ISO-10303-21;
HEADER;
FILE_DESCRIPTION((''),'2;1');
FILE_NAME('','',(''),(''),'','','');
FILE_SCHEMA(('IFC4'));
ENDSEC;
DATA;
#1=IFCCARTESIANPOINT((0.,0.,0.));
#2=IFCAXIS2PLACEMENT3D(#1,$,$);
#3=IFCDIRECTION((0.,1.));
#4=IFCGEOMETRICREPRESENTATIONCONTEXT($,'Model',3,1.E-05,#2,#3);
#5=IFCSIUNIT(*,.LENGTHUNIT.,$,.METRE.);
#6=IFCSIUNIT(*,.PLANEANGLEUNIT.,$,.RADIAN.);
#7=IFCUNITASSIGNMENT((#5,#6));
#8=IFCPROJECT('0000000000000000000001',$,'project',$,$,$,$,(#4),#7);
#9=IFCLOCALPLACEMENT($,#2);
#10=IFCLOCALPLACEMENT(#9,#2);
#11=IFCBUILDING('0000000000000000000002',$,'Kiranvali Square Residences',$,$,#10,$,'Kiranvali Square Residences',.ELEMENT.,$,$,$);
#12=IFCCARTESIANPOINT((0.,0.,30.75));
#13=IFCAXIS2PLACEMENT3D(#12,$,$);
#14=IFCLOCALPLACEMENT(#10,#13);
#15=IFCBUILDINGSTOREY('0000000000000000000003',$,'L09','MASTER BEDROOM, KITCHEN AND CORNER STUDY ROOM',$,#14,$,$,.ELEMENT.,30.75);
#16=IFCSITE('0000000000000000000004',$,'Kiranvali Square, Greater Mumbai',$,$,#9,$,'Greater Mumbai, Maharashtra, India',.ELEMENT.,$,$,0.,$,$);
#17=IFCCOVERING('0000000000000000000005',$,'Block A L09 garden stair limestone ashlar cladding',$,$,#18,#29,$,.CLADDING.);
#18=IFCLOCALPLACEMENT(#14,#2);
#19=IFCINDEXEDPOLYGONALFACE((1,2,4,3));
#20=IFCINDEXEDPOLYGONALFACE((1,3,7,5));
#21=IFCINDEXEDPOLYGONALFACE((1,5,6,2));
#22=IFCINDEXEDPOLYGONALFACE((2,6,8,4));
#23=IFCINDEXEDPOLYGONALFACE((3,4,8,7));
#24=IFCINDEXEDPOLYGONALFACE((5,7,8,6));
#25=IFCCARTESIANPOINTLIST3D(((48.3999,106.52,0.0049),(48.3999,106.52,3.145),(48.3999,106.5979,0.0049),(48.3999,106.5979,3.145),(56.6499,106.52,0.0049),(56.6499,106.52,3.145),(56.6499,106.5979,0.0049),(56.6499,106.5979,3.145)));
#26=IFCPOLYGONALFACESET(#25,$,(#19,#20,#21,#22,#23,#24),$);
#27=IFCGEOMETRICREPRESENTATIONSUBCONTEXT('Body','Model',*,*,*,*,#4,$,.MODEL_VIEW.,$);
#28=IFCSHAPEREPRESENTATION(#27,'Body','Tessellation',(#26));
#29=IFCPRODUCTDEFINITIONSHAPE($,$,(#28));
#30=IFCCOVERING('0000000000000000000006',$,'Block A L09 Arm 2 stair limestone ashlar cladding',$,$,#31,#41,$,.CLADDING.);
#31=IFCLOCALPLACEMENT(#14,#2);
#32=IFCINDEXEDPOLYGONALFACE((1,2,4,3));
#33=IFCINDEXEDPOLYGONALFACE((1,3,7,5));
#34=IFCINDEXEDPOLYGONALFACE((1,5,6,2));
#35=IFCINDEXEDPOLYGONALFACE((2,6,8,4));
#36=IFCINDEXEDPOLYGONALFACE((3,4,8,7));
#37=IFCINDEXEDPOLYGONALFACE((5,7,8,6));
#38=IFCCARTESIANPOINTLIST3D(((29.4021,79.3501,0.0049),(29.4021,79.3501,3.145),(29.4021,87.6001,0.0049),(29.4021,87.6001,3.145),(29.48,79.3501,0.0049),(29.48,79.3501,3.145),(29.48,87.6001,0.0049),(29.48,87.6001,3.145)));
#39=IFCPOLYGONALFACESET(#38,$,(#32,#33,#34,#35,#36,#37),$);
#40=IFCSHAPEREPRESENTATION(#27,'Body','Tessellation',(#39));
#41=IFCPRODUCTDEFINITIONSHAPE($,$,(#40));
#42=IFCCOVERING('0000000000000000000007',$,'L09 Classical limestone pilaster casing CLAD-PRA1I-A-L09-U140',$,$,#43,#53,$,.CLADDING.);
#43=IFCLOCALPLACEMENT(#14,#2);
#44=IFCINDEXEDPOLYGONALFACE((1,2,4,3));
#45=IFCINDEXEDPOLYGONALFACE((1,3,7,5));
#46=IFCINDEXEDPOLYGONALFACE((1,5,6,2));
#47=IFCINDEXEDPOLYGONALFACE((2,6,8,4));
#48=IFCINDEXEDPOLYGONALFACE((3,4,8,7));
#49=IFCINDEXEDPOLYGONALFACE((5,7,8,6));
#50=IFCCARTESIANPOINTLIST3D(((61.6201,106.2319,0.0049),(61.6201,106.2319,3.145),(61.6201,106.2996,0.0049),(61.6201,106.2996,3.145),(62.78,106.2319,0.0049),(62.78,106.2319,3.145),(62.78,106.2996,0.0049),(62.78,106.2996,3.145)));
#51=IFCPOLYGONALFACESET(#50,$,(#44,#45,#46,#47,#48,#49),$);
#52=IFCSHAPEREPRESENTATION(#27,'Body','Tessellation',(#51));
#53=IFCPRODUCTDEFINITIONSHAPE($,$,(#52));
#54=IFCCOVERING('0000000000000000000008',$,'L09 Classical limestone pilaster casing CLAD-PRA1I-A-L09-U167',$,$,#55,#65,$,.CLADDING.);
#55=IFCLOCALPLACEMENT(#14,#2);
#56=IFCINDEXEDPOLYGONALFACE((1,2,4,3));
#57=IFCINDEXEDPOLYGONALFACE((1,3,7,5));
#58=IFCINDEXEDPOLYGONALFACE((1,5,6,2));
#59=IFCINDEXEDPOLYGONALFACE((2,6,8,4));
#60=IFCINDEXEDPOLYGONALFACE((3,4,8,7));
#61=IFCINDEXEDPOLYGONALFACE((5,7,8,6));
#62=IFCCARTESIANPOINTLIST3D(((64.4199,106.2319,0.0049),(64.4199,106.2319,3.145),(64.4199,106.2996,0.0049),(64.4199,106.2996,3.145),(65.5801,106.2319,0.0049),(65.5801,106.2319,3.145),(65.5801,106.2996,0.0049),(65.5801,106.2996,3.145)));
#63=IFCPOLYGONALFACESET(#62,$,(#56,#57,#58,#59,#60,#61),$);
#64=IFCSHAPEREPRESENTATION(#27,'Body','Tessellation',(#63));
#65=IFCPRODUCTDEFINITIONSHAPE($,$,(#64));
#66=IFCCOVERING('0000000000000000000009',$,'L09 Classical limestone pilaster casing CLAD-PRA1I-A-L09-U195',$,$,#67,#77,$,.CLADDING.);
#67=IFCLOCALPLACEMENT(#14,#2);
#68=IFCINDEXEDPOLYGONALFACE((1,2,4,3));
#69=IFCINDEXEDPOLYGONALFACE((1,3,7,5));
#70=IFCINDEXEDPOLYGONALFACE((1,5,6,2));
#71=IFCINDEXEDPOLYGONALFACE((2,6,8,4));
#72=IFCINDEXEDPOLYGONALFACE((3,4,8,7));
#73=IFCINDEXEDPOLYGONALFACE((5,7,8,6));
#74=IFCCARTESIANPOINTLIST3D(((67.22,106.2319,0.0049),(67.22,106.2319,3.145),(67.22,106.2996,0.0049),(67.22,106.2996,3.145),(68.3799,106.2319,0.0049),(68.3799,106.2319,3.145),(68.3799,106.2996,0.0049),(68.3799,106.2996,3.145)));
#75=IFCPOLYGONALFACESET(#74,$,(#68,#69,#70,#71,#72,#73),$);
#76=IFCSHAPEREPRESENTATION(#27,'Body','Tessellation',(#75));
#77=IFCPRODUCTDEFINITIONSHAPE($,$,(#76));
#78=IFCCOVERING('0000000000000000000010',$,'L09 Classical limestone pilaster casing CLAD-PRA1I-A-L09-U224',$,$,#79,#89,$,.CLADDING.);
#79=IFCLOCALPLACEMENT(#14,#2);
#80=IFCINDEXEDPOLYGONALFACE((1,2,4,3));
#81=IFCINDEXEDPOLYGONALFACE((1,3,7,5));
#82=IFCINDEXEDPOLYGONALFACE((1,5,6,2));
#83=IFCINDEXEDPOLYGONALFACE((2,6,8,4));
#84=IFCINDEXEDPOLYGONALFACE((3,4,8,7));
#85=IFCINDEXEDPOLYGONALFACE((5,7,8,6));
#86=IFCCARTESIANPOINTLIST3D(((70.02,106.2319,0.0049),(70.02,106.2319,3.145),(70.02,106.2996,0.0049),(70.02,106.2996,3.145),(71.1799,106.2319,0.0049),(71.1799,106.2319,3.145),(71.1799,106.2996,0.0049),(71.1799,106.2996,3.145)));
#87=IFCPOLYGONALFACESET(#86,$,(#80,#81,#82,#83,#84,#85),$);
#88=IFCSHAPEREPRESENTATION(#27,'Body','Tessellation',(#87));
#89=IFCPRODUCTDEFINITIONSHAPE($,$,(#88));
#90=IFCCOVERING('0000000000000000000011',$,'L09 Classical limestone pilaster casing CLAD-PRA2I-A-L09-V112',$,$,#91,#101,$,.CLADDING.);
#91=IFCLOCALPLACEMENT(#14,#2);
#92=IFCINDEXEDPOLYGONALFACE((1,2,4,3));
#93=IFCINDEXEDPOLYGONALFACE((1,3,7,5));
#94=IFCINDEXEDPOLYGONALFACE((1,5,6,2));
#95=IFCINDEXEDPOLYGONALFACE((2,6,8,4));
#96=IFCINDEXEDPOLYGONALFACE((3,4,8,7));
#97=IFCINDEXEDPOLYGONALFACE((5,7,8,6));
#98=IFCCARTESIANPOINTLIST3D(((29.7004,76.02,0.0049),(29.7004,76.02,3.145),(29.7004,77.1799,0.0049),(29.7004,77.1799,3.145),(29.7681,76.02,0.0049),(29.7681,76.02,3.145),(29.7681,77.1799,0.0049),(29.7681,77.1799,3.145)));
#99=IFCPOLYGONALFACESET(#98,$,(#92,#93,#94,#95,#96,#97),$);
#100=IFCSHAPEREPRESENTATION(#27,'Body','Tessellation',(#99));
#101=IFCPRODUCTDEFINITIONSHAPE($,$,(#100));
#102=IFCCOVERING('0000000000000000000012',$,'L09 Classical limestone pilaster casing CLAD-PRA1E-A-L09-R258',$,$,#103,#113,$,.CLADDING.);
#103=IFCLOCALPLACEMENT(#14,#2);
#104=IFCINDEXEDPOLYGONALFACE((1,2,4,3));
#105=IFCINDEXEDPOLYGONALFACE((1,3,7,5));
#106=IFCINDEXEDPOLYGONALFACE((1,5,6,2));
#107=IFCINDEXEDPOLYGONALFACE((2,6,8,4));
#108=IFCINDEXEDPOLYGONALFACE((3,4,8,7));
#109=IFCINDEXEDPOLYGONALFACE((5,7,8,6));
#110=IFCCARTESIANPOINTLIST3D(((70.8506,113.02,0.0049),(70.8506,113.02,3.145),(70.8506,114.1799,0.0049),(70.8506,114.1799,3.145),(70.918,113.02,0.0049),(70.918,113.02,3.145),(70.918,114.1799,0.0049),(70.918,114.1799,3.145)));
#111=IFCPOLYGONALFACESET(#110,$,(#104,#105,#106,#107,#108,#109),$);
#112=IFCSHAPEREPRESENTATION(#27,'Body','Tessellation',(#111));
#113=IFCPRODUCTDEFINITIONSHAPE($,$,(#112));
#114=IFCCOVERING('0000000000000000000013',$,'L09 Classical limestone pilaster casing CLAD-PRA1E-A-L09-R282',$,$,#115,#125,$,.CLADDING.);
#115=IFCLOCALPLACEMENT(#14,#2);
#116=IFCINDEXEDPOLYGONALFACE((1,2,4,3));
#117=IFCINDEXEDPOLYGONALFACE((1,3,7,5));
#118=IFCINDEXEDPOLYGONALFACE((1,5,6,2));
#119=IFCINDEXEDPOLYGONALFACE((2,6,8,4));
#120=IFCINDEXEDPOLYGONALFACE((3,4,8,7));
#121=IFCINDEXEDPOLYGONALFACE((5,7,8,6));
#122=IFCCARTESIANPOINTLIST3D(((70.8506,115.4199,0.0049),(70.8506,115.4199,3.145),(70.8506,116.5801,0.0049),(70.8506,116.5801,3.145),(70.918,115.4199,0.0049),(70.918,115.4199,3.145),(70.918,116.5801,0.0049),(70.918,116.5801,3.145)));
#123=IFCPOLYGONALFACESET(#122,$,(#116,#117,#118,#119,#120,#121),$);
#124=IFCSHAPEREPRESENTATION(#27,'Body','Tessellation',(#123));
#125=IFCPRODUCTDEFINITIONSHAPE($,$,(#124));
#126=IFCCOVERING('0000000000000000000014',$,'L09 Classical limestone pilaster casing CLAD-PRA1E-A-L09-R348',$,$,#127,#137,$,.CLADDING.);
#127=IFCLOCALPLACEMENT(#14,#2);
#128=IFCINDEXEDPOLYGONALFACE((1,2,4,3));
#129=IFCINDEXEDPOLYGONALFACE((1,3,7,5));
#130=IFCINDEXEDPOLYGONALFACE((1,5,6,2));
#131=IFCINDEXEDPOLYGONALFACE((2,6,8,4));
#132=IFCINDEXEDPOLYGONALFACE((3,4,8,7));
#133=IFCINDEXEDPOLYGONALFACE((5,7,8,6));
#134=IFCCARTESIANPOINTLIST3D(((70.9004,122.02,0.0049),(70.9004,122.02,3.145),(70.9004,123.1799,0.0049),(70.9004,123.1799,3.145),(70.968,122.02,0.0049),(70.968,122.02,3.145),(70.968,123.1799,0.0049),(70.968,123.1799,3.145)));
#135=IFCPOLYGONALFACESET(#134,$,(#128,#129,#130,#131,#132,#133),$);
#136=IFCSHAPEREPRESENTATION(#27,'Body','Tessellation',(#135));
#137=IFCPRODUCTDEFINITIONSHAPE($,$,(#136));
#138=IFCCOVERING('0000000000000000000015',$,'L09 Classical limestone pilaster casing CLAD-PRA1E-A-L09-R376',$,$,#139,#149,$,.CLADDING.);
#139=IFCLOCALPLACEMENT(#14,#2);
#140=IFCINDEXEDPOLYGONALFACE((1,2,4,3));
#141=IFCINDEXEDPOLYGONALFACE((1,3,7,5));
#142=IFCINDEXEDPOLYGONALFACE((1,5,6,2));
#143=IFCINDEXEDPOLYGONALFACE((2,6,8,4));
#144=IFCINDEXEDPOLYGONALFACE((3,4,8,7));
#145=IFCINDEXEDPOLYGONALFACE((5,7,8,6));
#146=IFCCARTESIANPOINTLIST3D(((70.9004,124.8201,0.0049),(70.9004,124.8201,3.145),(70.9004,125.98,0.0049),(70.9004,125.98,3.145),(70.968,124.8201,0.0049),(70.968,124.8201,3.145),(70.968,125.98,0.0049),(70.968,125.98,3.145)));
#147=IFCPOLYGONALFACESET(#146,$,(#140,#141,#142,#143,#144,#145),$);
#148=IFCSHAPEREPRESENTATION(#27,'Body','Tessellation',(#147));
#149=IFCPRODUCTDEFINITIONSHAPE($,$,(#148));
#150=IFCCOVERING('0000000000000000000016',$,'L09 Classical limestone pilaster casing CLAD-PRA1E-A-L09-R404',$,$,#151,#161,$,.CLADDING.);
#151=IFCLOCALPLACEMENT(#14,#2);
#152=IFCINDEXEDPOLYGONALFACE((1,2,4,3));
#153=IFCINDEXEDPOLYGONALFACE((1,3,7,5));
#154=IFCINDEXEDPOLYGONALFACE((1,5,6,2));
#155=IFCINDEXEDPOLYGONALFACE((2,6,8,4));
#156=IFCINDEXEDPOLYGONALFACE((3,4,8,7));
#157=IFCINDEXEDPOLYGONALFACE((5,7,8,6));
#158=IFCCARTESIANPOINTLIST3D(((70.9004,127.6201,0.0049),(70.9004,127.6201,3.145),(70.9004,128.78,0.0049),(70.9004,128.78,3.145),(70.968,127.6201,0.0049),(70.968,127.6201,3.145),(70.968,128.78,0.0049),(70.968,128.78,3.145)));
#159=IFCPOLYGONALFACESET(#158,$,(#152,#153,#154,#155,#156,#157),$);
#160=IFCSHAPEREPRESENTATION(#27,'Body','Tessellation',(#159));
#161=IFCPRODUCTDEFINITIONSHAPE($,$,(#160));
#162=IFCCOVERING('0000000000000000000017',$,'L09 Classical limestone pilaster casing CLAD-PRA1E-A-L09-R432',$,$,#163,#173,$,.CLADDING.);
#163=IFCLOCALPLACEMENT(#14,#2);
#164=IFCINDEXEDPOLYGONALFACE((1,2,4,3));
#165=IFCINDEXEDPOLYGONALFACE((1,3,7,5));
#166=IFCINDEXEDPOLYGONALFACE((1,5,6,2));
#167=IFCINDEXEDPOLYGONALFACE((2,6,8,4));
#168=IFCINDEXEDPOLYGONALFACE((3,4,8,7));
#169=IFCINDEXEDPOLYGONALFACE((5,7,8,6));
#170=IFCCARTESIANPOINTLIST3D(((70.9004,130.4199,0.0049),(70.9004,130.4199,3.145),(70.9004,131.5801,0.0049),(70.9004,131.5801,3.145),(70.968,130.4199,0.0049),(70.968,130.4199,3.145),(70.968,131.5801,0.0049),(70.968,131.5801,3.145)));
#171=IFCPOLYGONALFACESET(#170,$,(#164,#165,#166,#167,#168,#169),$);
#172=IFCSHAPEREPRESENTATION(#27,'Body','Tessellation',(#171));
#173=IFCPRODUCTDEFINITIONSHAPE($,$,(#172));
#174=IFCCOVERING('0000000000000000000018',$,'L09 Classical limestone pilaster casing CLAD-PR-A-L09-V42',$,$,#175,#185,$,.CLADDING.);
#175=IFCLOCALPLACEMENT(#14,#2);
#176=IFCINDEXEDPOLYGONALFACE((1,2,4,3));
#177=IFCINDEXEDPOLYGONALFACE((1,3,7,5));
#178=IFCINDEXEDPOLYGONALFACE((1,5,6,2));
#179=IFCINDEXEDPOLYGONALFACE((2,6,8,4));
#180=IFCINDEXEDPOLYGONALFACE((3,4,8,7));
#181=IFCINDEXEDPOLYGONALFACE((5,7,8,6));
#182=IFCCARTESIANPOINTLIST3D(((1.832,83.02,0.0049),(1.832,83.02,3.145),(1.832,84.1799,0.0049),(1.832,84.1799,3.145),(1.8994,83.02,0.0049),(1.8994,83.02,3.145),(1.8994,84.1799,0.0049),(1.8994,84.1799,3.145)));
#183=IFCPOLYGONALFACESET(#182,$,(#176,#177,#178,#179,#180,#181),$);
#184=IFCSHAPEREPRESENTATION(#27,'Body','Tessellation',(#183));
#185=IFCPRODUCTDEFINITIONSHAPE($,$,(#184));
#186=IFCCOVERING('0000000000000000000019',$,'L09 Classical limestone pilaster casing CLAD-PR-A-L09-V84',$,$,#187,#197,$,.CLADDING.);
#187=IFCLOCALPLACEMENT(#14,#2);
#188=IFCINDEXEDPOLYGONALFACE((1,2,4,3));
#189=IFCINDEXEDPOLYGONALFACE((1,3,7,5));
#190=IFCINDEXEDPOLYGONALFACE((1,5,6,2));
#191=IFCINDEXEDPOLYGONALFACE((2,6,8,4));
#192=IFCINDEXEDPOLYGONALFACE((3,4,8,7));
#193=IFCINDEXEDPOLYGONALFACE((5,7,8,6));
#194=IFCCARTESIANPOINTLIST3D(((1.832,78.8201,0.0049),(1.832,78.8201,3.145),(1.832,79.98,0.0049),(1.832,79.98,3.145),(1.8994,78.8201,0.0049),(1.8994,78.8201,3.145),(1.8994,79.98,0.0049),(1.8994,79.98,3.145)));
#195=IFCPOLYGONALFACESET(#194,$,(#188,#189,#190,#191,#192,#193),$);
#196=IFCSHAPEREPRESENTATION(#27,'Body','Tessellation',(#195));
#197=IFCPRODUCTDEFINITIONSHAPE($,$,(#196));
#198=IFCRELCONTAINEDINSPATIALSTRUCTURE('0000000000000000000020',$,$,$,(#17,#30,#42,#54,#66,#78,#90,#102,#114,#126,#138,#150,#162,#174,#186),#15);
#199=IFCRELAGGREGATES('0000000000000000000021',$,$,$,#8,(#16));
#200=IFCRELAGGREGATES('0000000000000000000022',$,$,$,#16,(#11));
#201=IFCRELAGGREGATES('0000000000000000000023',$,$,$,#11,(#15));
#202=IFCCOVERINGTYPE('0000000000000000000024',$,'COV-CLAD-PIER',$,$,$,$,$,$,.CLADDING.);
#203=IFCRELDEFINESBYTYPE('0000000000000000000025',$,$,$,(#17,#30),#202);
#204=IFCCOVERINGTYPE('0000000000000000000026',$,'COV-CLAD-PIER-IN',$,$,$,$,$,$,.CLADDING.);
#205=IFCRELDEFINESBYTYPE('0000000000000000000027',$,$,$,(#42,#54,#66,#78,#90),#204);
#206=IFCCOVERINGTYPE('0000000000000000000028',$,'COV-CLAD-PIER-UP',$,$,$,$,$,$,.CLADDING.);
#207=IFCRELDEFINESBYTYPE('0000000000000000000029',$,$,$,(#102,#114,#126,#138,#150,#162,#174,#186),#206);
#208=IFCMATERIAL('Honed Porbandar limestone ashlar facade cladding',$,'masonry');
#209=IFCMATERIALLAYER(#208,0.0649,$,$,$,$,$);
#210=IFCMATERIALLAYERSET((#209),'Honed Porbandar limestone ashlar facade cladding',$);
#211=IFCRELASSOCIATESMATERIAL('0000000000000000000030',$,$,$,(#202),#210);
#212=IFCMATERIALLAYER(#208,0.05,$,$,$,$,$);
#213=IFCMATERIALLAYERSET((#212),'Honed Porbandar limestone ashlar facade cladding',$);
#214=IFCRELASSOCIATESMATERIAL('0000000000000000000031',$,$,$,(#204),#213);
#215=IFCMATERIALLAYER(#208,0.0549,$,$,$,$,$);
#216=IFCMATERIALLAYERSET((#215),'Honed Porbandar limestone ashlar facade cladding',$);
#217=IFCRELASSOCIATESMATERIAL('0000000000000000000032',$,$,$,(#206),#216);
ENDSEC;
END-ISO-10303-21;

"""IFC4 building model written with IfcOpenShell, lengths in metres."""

from ifc_helpers import new_model, si_unit, direction, frame, origin, place, context, subcontext, project, spatial, polyline, outline, extrude, material, layer, layer_set, type_object, element, save


model = new_model("IFC4")

# Units and contexts
model_context = context("Model", 3, precision=1e-05, world=origin(), true_north=direction((0.0, 1.0)))
body_context = subcontext(model_context, "Body", "Model", "MODEL_VIEW")
ifc_project = project(units=[si_unit("LENGTHUNIT", "METRE"), si_unit("PLANEANGLEUNIT", "RADIAN")], contexts=[model_context])

# Site, building, storey
site_placement = place(None, origin())
site = spatial("IfcSite", under=ifc_project, at=site_placement, Name="Kiranvali Square, Greater Mumbai", LongName="Greater Mumbai, Maharashtra, India", CompositionType="ELEMENT", RefElevation=0.0)
building_placement = place(site_placement, origin())
building = spatial("IfcBuilding", under=site, at=building_placement, Name="Kiranvali Square Residences", LongName="Kiranvali Square Residences", CompositionType="ELEMENT")
storey_placement = place(building_placement, frame((0.0, 0.0, 30.75)))
storey = spatial("IfcBuildingStorey", under=building, at=storey_placement, Name="L09", Description="MASTER BEDROOM, KITCHEN AND CORNER STUDY ROOM", CompositionType="ELEMENT", Elevation=30.75)

# Coverings
ifc_material = material(Name="Honed Porbandar limestone ashlar facade cladding", Category="masonry")
ifc_layer_1 = layer(ifc_material, 0.0649)
ifc_layer_set_1 = layer_set([ifc_layer_1], Name="Honed Porbandar limestone ashlar facade cladding")
covering_type_1 = type_object("IfcCoveringType", Name="COV-CLAD-PIER", PredefinedType="CLADDING", material=ifc_layer_set_1)
covering_1_placement = place(storey_placement, frame((0.0, 0.0, 0.0049)))
element("IfcCovering", 1, at=covering_1_placement, inside=storey, type_object=covering_type_1, Name="Block A L09 garden stair limestone ashlar cladding", PredefinedType="CLADDING", context=body_context, shape_type="SweptSolid", body=[
    extrude(outline(polyline([(48.3999, 106.52), (56.6499, 106.52), (56.6499, 106.5979), (48.3999, 106.5979), (48.3999, 106.52)])), origin(), (0.0, 0.0, 1.0), 3.1401),
])
covering_2_placement = place(storey_placement, frame((0.0, 0.0, 0.0049)))
element("IfcCovering", 2, at=covering_2_placement, inside=storey, type_object=covering_type_1, Name="Block A L09 Arm 2 stair limestone ashlar cladding", PredefinedType="CLADDING", context=body_context, shape_type="SweptSolid", body=[
    extrude(outline(polyline([(29.4021, 87.6001), (29.4021, 79.3501), (29.48, 79.3501), (29.48, 87.6001), (29.4021, 87.6001)])), origin(), (0.0, 0.0, 1.0), 3.1401),
])
ifc_layer_2 = layer(ifc_material, 0.05)
ifc_layer_set_2 = layer_set([ifc_layer_2], Name="Honed Porbandar limestone ashlar facade cladding")
covering_type_2 = type_object("IfcCoveringType", Name="COV-CLAD-PIER-IN", PredefinedType="CLADDING", material=ifc_layer_set_2)
covering_3_placement = place(storey_placement, frame((0.0, 0.0, 0.0049)))
element("IfcCovering", 3, at=covering_3_placement, inside=storey, type_object=covering_type_2, Name="L09 Classical limestone pilaster casing CLAD-PRA1I-A-L09-U140", PredefinedType="CLADDING", context=body_context, shape_type="SweptSolid", body=[
    extrude(outline(polyline([(61.6201, 106.2319), (62.78, 106.2319), (62.78, 106.2996), (61.6201, 106.2996), (61.6201, 106.2319)])), origin(), (0.0, 0.0, 1.0), 3.1401),
])
covering_4_placement = place(storey_placement, frame((0.0, 0.0, 0.0049)))
element("IfcCovering", 4, at=covering_4_placement, inside=storey, type_object=covering_type_2, Name="L09 Classical limestone pilaster casing CLAD-PRA1I-A-L09-U167", PredefinedType="CLADDING", context=body_context, shape_type="SweptSolid", body=[
    extrude(outline(polyline([(64.4199, 106.2319), (65.5801, 106.2319), (65.5801, 106.2996), (64.4199, 106.2996), (64.4199, 106.2319)])), origin(), (0.0, 0.0, 1.0), 3.1401),
])
covering_5_placement = place(storey_placement, frame((0.0, 0.0, 0.0049)))
element("IfcCovering", 5, at=covering_5_placement, inside=storey, type_object=covering_type_2, Name="L09 Classical limestone pilaster casing CLAD-PRA1I-A-L09-U195", PredefinedType="CLADDING", context=body_context, shape_type="SweptSolid", body=[
    extrude(outline(polyline([(67.22, 106.2319), (68.3799, 106.2319), (68.3799, 106.2996), (67.22, 106.2996), (67.22, 106.2319)])), origin(), (0.0, 0.0, 1.0), 3.1401),
])
covering_6_placement = place(storey_placement, frame((0.0, 0.0, 0.0049)))
element("IfcCovering", 6, at=covering_6_placement, inside=storey, type_object=covering_type_2, Name="L09 Classical limestone pilaster casing CLAD-PRA1I-A-L09-U224", PredefinedType="CLADDING", context=body_context, shape_type="SweptSolid", body=[
    extrude(outline(polyline([(70.02, 106.2319), (71.1799, 106.2319), (71.1799, 106.2996), (70.02, 106.2996), (70.02, 106.2319)])), origin(), (0.0, 0.0, 1.0), 3.1401),
])
covering_7_placement = place(storey_placement, frame((0.0, 0.0, 0.0049)))
element("IfcCovering", 7, at=covering_7_placement, inside=storey, type_object=covering_type_2, Name="L09 Classical limestone pilaster casing CLAD-PRA2I-A-L09-V112", PredefinedType="CLADDING", context=body_context, shape_type="SweptSolid", body=[
    extrude(outline(polyline([(29.7004, 77.1799), (29.7004, 76.02), (29.7681, 76.02), (29.7681, 77.1799), (29.7004, 77.1799)])), origin(), (0.0, 0.0, 1.0), 3.1401),
])
ifc_layer_3 = layer(ifc_material, 0.0549)
ifc_layer_set_3 = layer_set([ifc_layer_3], Name="Honed Porbandar limestone ashlar facade cladding")
covering_type_3 = type_object("IfcCoveringType", Name="COV-CLAD-PIER-UP", PredefinedType="CLADDING", material=ifc_layer_set_3)
covering_8_placement = place(storey_placement, frame((0.0, 0.0, 0.0049)))
element("IfcCovering", 8, at=covering_8_placement, inside=storey, type_object=covering_type_3, Name="L09 Classical limestone pilaster casing CLAD-PRA1E-A-L09-R258", PredefinedType="CLADDING", context=body_context, shape_type="SweptSolid", body=[
    extrude(outline(polyline([(70.918, 113.02), (70.918, 114.1799), (70.8506, 114.1799), (70.8506, 113.02), (70.918, 113.02)])), origin(), (0.0, 0.0, 1.0), 3.1401),
])
covering_9_placement = place(storey_placement, frame((0.0, 0.0, 0.0049)))
element("IfcCovering", 9, at=covering_9_placement, inside=storey, type_object=covering_type_3, Name="L09 Classical limestone pilaster casing CLAD-PRA1E-A-L09-R282", PredefinedType="CLADDING", context=body_context, shape_type="SweptSolid", body=[
    extrude(outline(polyline([(70.918, 115.4199), (70.918, 116.5801), (70.8506, 116.5801), (70.8506, 115.4199), (70.918, 115.4199)])), origin(), (0.0, 0.0, 1.0), 3.1401),
])
covering_10_placement = place(storey_placement, frame((0.0, 0.0, 0.0049)))
element("IfcCovering", 10, at=covering_10_placement, inside=storey, type_object=covering_type_3, Name="L09 Classical limestone pilaster casing CLAD-PRA1E-A-L09-R348", PredefinedType="CLADDING", context=body_context, shape_type="SweptSolid", body=[
    extrude(outline(polyline([(70.968, 122.02), (70.968, 123.1799), (70.9004, 123.1799), (70.9004, 122.02), (70.968, 122.02)])), origin(), (0.0, 0.0, 1.0), 3.1401),
])
covering_11_placement = place(storey_placement, frame((0.0, 0.0, 0.0049)))
element("IfcCovering", 11, at=covering_11_placement, inside=storey, type_object=covering_type_3, Name="L09 Classical limestone pilaster casing CLAD-PRA1E-A-L09-R376", PredefinedType="CLADDING", context=body_context, shape_type="SweptSolid", body=[
    extrude(outline(polyline([(70.968, 124.8201), (70.968, 125.98), (70.9004, 125.98), (70.9004, 124.8201), (70.968, 124.8201)])), origin(), (0.0, 0.0, 1.0), 3.1401),
])
covering_12_placement = place(storey_placement, frame((0.0, 0.0, 0.0049)))
element("IfcCovering", 12, at=covering_12_placement, inside=storey, type_object=covering_type_3, Name="L09 Classical limestone pilaster casing CLAD-PRA1E-A-L09-R404", PredefinedType="CLADDING", context=body_context, shape_type="SweptSolid", body=[
    extrude(outline(polyline([(70.968, 127.6201), (70.968, 128.78), (70.9004, 128.78), (70.9004, 127.6201), (70.968, 127.6201)])), origin(), (0.0, 0.0, 1.0), 3.1401),
])
covering_13_placement = place(storey_placement, frame((0.0, 0.0, 0.0049)))
element("IfcCovering", 13, at=covering_13_placement, inside=storey, type_object=covering_type_3, Name="L09 Classical limestone pilaster casing CLAD-PRA1E-A-L09-R432", PredefinedType="CLADDING", context=body_context, shape_type="SweptSolid", body=[
    extrude(outline(polyline([(70.968, 130.4199), (70.968, 131.5801), (70.9004, 131.5801), (70.9004, 130.4199), (70.968, 130.4199)])), origin(), (0.0, 0.0, 1.0), 3.1401),
])
covering_14_placement = place(storey_placement, frame((0.0, 0.0, 0.0049)))
element("IfcCovering", 14, at=covering_14_placement, inside=storey, type_object=covering_type_3, Name="L09 Classical limestone pilaster casing CLAD-PR-A-L09-V42", PredefinedType="CLADDING", context=body_context, shape_type="SweptSolid", body=[
    extrude(outline(polyline([(1.832, 84.1799), (1.832, 83.02), (1.8994, 83.02), (1.8994, 84.1799), (1.832, 84.1799)])), origin(), (0.0, 0.0, 1.0), 3.1401),
])
covering_15_placement = place(storey_placement, frame((0.0, 0.0, 0.0049)))
element("IfcCovering", 15, at=covering_15_placement, inside=storey, type_object=covering_type_3, Name="L09 Classical limestone pilaster casing CLAD-PR-A-L09-V84", PredefinedType="CLADDING", context=body_context, shape_type="SweptSolid", body=[
    extrude(outline(polyline([(1.832, 79.98), (1.832, 78.8201), (1.8994, 78.8201), (1.8994, 79.98), (1.832, 79.98)])), origin(), (0.0, 0.0, 1.0), 3.1401),
])

save(model, "model.ifc")
